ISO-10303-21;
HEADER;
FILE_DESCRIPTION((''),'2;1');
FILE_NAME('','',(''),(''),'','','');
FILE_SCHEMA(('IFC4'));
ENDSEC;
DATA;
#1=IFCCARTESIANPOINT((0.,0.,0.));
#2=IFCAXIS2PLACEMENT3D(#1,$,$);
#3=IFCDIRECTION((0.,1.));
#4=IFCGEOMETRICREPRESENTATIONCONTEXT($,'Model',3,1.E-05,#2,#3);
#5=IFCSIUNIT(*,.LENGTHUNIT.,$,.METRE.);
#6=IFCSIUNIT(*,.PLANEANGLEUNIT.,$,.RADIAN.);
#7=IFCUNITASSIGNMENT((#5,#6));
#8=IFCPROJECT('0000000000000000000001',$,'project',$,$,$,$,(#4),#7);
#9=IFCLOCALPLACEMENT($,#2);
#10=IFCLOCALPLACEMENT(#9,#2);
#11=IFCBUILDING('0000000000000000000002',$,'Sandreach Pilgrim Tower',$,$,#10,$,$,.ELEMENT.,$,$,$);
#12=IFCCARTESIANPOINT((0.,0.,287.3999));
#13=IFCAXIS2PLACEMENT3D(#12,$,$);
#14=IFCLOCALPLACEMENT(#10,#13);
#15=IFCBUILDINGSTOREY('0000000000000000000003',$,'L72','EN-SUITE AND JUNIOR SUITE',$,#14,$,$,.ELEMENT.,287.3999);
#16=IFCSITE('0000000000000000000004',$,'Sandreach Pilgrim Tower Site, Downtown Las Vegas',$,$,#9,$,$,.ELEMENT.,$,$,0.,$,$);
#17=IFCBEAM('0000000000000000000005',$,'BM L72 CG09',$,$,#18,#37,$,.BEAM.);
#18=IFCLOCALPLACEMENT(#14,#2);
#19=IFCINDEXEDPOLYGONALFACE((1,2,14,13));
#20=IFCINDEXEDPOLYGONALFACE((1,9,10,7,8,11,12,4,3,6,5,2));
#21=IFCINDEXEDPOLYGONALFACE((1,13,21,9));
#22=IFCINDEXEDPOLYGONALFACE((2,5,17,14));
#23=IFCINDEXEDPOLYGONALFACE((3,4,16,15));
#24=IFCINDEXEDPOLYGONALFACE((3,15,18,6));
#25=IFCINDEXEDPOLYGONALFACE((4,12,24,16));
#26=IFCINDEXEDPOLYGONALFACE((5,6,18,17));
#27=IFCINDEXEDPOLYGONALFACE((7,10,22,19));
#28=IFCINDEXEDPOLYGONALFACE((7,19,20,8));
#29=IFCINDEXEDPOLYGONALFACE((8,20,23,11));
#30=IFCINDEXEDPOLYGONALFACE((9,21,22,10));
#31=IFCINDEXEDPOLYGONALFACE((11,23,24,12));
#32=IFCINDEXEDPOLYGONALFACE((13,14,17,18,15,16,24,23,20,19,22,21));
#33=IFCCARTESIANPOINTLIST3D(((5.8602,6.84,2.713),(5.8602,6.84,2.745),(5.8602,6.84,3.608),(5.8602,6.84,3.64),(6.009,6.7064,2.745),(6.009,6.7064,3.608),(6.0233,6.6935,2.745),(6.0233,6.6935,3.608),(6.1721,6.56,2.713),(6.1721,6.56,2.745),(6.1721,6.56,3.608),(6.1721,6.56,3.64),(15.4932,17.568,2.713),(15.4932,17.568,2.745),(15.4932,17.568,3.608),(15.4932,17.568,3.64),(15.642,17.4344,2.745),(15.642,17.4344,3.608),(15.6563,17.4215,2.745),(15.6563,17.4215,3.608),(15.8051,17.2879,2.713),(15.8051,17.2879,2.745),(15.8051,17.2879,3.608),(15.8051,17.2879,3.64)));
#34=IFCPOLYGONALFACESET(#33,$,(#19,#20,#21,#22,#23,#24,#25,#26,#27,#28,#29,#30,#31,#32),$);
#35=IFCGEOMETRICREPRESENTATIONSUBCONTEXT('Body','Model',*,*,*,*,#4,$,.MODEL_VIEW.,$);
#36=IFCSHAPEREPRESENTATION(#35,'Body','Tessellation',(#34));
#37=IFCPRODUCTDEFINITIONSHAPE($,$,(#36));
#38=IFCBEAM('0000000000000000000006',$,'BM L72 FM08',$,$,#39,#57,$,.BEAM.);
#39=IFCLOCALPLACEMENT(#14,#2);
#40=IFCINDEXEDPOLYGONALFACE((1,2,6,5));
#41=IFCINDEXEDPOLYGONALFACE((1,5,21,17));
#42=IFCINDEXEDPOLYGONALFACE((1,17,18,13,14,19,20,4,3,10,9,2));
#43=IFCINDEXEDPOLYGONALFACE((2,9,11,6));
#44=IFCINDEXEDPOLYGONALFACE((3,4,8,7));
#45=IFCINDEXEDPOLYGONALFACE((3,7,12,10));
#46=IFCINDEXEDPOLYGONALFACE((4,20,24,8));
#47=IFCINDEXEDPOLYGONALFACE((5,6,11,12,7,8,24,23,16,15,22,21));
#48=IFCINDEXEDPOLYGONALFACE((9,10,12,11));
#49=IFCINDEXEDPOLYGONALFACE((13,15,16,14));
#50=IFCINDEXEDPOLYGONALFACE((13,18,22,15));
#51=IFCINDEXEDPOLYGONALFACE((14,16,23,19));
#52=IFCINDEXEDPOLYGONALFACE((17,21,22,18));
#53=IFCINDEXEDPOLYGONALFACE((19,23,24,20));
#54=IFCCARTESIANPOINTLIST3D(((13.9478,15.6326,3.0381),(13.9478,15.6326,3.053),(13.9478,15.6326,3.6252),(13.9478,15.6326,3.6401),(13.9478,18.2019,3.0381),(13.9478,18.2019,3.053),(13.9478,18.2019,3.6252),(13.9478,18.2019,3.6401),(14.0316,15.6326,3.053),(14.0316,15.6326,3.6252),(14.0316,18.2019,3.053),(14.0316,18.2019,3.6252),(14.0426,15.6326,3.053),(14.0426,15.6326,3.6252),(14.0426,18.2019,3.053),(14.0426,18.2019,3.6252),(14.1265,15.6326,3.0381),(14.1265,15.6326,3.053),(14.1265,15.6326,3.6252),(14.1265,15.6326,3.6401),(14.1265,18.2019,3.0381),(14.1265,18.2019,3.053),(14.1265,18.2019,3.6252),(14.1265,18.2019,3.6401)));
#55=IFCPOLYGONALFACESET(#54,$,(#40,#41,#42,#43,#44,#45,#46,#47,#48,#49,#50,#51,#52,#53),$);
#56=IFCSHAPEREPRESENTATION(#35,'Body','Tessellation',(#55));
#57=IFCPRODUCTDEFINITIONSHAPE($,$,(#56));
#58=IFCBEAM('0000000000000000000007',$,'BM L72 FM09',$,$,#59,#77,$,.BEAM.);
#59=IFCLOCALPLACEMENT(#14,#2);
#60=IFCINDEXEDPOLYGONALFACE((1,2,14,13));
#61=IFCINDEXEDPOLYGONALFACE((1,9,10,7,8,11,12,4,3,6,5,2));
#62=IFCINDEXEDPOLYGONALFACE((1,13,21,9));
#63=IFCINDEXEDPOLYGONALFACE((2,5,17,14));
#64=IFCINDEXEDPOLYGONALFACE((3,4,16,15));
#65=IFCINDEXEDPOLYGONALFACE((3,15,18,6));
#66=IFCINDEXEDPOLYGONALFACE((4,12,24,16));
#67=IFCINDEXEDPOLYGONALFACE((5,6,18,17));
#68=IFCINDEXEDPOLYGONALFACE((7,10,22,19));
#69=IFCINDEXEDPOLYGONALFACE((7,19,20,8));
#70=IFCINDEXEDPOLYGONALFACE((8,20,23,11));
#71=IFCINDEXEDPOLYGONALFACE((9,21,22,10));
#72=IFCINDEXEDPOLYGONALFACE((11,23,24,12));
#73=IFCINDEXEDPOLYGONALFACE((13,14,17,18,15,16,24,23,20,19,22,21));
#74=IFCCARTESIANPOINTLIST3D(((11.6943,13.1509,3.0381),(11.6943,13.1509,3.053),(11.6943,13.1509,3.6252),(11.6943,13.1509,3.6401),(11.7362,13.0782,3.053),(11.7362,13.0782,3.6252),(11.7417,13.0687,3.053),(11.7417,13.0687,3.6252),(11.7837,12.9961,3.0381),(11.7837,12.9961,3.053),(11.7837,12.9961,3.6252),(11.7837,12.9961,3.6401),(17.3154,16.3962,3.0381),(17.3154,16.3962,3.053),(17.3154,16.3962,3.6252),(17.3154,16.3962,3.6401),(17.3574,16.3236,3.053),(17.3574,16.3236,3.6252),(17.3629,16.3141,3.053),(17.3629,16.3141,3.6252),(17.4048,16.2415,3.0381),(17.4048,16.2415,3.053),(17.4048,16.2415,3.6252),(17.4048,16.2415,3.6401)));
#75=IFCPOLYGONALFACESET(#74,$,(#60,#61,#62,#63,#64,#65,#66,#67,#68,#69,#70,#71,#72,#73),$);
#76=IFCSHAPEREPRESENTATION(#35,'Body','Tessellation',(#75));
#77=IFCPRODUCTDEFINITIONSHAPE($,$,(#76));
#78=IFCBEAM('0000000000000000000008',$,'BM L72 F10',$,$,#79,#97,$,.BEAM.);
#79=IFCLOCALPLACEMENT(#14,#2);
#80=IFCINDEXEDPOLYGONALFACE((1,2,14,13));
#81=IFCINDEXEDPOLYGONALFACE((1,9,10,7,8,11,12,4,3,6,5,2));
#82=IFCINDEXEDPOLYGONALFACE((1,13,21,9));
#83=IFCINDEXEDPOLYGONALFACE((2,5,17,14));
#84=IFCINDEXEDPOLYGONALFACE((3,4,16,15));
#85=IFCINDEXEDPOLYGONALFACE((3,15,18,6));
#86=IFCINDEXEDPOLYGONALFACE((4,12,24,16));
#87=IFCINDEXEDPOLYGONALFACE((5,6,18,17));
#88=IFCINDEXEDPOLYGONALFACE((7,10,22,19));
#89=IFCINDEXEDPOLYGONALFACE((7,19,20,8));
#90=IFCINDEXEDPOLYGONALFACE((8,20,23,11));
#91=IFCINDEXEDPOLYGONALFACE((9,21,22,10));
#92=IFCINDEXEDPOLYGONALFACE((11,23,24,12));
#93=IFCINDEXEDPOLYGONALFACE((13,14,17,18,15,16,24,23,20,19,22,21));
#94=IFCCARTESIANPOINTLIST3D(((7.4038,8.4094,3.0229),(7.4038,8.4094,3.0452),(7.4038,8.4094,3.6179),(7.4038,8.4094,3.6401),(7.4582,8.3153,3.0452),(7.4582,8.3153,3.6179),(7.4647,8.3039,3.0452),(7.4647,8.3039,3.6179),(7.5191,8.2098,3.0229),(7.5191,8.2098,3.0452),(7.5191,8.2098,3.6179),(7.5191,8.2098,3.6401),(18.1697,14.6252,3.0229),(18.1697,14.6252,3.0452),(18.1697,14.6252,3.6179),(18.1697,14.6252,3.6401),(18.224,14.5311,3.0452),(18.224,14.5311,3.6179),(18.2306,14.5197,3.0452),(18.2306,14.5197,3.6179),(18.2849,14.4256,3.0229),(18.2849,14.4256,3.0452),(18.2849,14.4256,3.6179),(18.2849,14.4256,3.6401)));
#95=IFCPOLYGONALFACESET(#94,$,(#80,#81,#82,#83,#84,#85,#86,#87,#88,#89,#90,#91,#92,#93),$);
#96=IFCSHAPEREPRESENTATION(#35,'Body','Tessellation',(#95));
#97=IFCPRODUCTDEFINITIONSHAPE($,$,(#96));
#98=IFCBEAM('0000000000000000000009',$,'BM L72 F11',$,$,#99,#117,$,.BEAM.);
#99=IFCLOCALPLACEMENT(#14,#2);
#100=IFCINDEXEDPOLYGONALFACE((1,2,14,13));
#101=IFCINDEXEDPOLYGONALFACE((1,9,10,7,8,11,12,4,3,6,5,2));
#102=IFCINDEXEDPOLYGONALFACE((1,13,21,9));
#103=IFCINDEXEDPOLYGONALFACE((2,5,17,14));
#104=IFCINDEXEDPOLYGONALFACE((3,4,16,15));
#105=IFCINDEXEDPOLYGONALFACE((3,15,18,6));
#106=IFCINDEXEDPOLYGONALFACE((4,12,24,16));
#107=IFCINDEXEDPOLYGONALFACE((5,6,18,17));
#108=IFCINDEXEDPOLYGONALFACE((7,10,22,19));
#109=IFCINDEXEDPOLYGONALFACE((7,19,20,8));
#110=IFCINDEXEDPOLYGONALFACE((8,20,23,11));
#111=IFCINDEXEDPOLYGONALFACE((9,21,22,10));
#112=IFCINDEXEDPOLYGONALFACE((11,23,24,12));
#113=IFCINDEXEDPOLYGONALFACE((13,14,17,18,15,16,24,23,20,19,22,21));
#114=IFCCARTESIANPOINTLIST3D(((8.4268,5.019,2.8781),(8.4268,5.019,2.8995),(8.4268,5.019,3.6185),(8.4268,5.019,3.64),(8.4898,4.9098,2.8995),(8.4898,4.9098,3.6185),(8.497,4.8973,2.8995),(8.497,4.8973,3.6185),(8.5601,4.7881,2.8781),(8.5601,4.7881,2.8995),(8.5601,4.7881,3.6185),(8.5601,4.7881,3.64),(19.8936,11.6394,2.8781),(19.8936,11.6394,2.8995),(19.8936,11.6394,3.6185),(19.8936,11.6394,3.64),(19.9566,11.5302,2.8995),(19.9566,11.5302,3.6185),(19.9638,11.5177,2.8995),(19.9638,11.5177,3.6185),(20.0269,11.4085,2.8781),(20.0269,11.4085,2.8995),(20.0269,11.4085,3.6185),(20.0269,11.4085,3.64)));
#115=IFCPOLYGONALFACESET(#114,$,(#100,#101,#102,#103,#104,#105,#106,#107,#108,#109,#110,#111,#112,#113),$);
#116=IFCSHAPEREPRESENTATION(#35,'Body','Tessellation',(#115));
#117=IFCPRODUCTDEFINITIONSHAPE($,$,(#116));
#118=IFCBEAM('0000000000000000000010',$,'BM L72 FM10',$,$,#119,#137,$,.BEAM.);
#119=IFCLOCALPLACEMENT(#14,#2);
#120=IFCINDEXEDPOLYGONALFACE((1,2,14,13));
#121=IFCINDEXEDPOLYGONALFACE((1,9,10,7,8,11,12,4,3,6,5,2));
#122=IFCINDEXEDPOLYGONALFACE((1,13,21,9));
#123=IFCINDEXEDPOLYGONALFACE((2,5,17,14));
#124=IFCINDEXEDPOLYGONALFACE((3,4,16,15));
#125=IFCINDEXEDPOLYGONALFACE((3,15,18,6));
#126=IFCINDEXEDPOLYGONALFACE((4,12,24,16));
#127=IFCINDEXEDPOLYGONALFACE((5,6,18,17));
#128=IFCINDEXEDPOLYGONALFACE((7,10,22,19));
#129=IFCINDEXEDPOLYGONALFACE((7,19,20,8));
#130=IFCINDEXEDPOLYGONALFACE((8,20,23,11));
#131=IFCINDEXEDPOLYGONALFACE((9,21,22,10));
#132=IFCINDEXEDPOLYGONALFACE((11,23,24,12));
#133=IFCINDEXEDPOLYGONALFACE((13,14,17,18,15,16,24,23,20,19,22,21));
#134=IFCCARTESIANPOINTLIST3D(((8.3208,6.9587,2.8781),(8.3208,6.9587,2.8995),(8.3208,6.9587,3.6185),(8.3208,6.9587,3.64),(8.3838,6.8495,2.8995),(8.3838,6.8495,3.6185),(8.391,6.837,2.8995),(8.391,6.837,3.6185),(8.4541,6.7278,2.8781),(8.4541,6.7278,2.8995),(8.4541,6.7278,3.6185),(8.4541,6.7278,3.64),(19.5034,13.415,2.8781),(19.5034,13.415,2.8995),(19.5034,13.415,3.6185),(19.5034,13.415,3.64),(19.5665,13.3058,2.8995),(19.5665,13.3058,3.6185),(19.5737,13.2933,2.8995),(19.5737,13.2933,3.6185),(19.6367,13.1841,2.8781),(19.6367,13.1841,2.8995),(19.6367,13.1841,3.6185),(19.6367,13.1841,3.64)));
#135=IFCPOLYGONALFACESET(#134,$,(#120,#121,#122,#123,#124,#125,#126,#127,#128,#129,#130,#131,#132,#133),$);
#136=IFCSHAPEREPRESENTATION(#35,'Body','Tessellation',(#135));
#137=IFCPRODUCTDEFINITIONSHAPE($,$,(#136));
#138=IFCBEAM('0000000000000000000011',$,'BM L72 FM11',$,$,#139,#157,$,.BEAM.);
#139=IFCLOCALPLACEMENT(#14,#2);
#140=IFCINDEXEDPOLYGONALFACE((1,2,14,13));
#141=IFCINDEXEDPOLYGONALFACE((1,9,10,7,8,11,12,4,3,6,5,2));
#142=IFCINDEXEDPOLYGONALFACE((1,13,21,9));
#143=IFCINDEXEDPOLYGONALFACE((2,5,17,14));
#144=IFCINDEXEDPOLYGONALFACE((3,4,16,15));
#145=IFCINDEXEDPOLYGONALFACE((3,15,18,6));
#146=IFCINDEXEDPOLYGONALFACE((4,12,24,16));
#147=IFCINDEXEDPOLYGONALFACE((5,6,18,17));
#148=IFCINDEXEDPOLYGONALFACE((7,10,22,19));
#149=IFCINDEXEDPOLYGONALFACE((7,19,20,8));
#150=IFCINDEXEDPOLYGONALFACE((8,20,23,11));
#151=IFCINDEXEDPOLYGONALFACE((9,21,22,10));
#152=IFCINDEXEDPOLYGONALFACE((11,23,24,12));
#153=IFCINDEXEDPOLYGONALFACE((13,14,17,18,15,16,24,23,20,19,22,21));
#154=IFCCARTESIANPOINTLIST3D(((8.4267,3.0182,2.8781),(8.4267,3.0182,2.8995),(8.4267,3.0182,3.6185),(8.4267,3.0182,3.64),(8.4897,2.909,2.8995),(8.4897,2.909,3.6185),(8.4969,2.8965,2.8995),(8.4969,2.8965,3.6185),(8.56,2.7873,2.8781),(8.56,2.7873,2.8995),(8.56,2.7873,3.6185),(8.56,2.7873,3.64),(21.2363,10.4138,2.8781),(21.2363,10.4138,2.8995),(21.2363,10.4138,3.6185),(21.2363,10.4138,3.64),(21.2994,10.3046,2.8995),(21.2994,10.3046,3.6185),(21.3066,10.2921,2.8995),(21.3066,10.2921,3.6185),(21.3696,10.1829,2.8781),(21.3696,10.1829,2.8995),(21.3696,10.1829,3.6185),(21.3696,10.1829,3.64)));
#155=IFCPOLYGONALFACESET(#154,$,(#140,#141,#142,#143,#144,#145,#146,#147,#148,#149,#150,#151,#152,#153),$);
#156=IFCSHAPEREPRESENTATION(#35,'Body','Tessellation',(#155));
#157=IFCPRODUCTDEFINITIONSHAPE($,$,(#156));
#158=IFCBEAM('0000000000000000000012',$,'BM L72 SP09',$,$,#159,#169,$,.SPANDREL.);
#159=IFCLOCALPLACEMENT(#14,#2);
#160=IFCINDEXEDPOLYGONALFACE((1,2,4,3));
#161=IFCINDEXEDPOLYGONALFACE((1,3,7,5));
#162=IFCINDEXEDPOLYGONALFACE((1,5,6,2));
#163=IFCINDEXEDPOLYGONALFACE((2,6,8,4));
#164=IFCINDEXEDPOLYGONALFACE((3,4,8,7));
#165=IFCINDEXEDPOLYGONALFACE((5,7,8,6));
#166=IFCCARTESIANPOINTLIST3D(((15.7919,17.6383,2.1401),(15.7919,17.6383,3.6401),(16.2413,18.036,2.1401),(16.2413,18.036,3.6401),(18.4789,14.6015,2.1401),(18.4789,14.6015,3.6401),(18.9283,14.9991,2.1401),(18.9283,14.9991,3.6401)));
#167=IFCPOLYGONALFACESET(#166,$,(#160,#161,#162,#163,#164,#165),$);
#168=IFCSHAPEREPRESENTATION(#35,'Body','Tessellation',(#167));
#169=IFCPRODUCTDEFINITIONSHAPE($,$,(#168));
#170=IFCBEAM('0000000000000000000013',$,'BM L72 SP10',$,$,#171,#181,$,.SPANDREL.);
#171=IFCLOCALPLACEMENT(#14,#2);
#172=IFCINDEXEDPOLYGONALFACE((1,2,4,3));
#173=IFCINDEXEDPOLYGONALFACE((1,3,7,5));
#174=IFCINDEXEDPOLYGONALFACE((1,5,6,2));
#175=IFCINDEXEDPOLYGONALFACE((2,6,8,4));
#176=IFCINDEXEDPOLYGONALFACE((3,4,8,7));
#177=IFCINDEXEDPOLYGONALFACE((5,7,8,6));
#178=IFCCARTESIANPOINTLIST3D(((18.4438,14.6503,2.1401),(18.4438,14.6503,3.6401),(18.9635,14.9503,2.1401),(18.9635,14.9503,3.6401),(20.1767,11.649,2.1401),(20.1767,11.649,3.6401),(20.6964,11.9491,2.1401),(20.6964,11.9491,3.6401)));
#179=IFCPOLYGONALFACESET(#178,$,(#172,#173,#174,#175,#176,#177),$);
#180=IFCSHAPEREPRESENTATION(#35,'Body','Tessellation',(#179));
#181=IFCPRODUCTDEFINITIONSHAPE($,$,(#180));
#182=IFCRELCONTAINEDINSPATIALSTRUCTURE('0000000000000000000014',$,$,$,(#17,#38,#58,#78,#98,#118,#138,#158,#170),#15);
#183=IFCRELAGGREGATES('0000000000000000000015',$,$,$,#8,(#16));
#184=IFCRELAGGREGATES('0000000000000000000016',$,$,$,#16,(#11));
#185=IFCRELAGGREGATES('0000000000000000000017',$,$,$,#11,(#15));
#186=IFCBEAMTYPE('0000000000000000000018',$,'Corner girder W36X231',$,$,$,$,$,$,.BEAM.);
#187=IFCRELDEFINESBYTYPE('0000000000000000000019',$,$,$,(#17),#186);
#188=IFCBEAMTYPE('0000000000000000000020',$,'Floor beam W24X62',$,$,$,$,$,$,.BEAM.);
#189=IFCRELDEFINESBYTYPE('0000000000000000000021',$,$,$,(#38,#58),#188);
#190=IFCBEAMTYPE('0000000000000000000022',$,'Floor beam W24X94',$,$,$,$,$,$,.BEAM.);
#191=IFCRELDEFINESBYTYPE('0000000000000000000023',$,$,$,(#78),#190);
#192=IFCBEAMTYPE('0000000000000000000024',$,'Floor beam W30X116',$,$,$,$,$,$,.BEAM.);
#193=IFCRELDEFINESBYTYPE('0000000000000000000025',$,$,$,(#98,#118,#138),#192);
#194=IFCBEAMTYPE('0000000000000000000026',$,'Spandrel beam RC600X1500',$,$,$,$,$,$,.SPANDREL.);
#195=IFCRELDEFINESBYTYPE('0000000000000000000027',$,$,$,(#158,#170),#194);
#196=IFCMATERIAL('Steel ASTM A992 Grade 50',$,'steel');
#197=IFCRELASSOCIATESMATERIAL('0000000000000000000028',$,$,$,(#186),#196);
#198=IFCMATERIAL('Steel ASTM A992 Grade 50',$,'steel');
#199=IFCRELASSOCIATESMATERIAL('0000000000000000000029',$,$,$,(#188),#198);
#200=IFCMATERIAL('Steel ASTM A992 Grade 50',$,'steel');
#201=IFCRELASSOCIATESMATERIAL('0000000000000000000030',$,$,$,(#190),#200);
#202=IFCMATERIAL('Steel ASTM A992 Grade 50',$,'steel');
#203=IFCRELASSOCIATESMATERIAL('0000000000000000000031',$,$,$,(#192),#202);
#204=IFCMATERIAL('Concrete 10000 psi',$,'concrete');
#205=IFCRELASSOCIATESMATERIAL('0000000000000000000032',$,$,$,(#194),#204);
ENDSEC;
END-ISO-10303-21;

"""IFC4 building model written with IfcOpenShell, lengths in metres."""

from ifc_helpers import new_model, si_unit, direction, frame, origin, origin_2d, place, context, subcontext, project, spatial, rectangle, i_section, extrude, material, material_profile, profile_set, type_object, element, save


model = new_model("IFC4")

# Units and contexts
model_context = context("Model", 3, precision=1e-05, world=origin(), true_north=direction((0.0, 1.0)))
body_context = subcontext(model_context, "Body", "Model", "MODEL_VIEW")
ifc_project = project(units=[si_unit("LENGTHUNIT", "METRE"), si_unit("PLANEANGLEUNIT", "RADIAN")], contexts=[model_context])

# Site, building, storey
site_placement = place(None, origin())
site = spatial("IfcSite", under=ifc_project, at=site_placement, Name="Sandreach Pilgrim Tower Site, Downtown Las Vegas", CompositionType="ELEMENT", RefElevation=0.0)
building_placement = place(site_placement, origin())
building = spatial("IfcBuilding", under=site, at=building_placement, Name="Sandreach Pilgrim Tower", CompositionType="ELEMENT")
storey_placement = place(building_placement, frame((0.0, 0.0, 287.3999)))
storey = spatial("IfcBuildingStorey", under=building, at=storey_placement, Name="L72", Description="EN-SUITE AND JUNIOR SUITE", CompositionType="ELEMENT", Elevation=287.3999)

# Beams
ifc_material_1 = material(Name="Steel ASTM A992 Grade 50", Category="steel")
ifc_material_profile_1 = material_profile(ifc_material_1, i_section(OverallWidth=0.4192, OverallDepth=0.927, WebThickness=0.0193, FlangeThickness=0.032, at=origin_2d()), Name="W36X231")
ifc_profile_set_1 = profile_set([ifc_material_profile_1], Name="Steel ASTM A992 Grade 50")
beam_type_1 = type_object("IfcBeamType", Name="Corner girder W36X231", PredefinedType="BEAM", material=ifc_profile_set_1)
beam_1_placement = place(storey_placement, frame((15.6492, 17.428, 3.1765), z_axis=(-0.668115, -0.744058, 0.0), x_axis=(0.744058, -0.668115, 0.0)))
element("IfcBeam", 1, at=beam_1_placement, inside=storey, type_object=beam_type_1, Name="BM L72 CG09", PredefinedType="BEAM", context=body_context, shape_type="SweptSolid", body=[
    extrude(i_section(OverallWidth=0.4192, OverallDepth=0.927, WebThickness=0.0193, FlangeThickness=0.032, at=origin_2d()), origin(), (0.0, 0.0, 1.0), 14.4182),
])
ifc_material_2 = material(Name="Steel ASTM A992 Grade 50", Category="steel")
ifc_material_profile_2 = material_profile(ifc_material_2, i_section(OverallWidth=0.1787, OverallDepth=0.6021, WebThickness=0.011, FlangeThickness=0.0149, at=origin_2d()), Name="W24X62")
ifc_profile_set_2 = profile_set([ifc_material_profile_2], Name="Steel ASTM A992 Grade 50")
beam_type_2 = type_object("IfcBeamType", Name="Floor beam W24X62", PredefinedType="BEAM", material=ifc_profile_set_2)
beam_2_placement = place(storey_placement, frame((14.0371, 18.2019, 3.3391), z_axis=(0.0, -1.0, 0.0), x_axis=(1.0, 0.0, 0.0)))
element("IfcBeam", 2, at=beam_2_placement, inside=storey, type_object=beam_type_2, Name="BM L72 FM08", PredefinedType="BEAM", context=body_context, shape_type="SweptSolid", body=[
    extrude(i_section(OverallWidth=0.1787, OverallDepth=0.6021, WebThickness=0.011, FlangeThickness=0.0149, at=origin_2d()), origin(), (0.0, 0.0, 1.0), 2.5693),
])
beam_3_placement = place(storey_placement, frame((17.3601, 16.3188, 3.3391), z_axis=(-0.866024, -0.500002, 0.0), x_axis=(0.500002, -0.866024, 0.0)))
element("IfcBeam", 3, at=beam_3_placement, inside=storey, type_object=beam_type_2, Name="BM L72 FM09", PredefinedType="BEAM", context=body_context, shape_type="SweptSolid", body=[
    extrude(i_section(OverallWidth=0.1787, OverallDepth=0.6021, WebThickness=0.011, FlangeThickness=0.0149, at=origin_2d()), origin(), (0.0, 0.0, 1.0), 6.4907),
])
ifc_material_3 = material(Name="Steel ASTM A992 Grade 50", Category="steel")
ifc_material_profile_3 = material_profile(ifc_material_3, i_section(OverallWidth=0.2305, OverallDepth=0.6172, WebThickness=0.0132, FlangeThickness=0.0222, at=origin_2d()), Name="W24X94")
ifc_profile_set_3 = profile_set([ifc_material_profile_3], Name="Steel ASTM A992 Grade 50")
beam_type_3 = type_object("IfcBeamType", Name="Floor beam W24X94", PredefinedType="BEAM", material=ifc_profile_set_3)
beam_4_placement = place(storey_placement, frame((18.2273, 14.5254, 3.3315), z_axis=(-0.86602, -0.500009, 0.0), x_axis=(0.500009, -0.86602, 0.0)))
element("IfcBeam", 4, at=beam_4_placement, inside=storey, type_object=beam_type_3, Name="BM L72 F10", PredefinedType="BEAM", context=body_context, shape_type="SweptSolid", body=[
    extrude(i_section(OverallWidth=0.2305, OverallDepth=0.6172, WebThickness=0.0132, FlangeThickness=0.0222, at=origin_2d()), origin(), (0.0, 0.0, 1.0), 12.4314),
])
ifc_material_4 = material(Name="Steel ASTM A992 Grade 50", Category="steel")
ifc_material_profile_4 = material_profile(ifc_material_4, i_section(OverallWidth=0.2666, OverallDepth=0.762, WebThickness=0.0144, FlangeThickness=0.0215, at=origin_2d()), Name="W30X116")
ifc_profile_set_4 = profile_set([ifc_material_profile_4], Name="Steel ASTM A992 Grade 50")
beam_type_4 = type_object("IfcBeamType", Name="Floor beam W30X116", PredefinedType="BEAM", material=ifc_profile_set_4)
beam_5_placement = place(storey_placement, frame((19.9602, 11.5239, 3.259), z_axis=(-0.866025, -0.5, 0.0), x_axis=(0.5, -0.866025, 0.0)))
element("IfcBeam", 5, at=beam_5_placement, inside=storey, type_object=beam_type_4, Name="BM L72 F11", PredefinedType="BEAM", context=body_context, shape_type="SweptSolid", body=[
    extrude(i_section(OverallWidth=0.2666, OverallDepth=0.762, WebThickness=0.0144, FlangeThickness=0.0215, at=origin_2d()), origin(), (0.0, 0.0, 1.0), 13.2407),
])
beam_6_placement = place(storey_placement, frame((19.5701, 13.2996, 3.259), z_axis=(-0.866025, -0.500001, 0.0), x_axis=(0.500001, -0.866025, 0.0)))
element("IfcBeam", 6, at=beam_6_placement, inside=storey, type_object=beam_type_4, Name="BM L72 FM10", PredefinedType="BEAM", context=body_context, shape_type="SweptSolid", body=[
    extrude(i_section(OverallWidth=0.2666, OverallDepth=0.762, WebThickness=0.0144, FlangeThickness=0.0215, at=origin_2d()), origin(), (0.0, 0.0, 1.0), 12.9126),
])
beam_7_placement = place(storey_placement, frame((21.303, 10.2983, 3.259), z_axis=(-0.866028, -0.499995, 0.0), x_axis=(0.499995, -0.866028, 0.0)))
element("IfcBeam", 7, at=beam_7_placement, inside=storey, type_object=beam_type_4, Name="BM L72 FM11", PredefinedType="BEAM", context=body_context, shape_type="SweptSolid", body=[
    extrude(i_section(OverallWidth=0.2666, OverallDepth=0.762, WebThickness=0.0144, FlangeThickness=0.0215, at=origin_2d()), origin(), (0.0, 0.0, 1.0), 14.7913),
])
ifc_material_5 = material(Name="Concrete 10000 psi", Category="concrete")
ifc_material_profile_5 = material_profile(ifc_material_5, rectangle(XDim=0.6001, YDim=1.5, at=origin_2d()), Name="RC600X1500")
ifc_profile_set_5 = profile_set([ifc_material_profile_5], Name="Concrete 10000 psi")
beam_type_5 = type_object("IfcBeamType", Name="Spandrel beam RC600X1500", PredefinedType="SPANDREL", material=ifc_profile_set_5)
beam_8_placement = place(storey_placement, frame((16.0166, 17.8372, 2.8901), z_axis=(0.662651, -0.748929, 0.0), x_axis=(0.748929, 0.662651, 0.0)))
element("IfcBeam", 8, at=beam_8_placement, inside=storey, type_object=beam_type_5, Name="BM L72 SP09", PredefinedType="SPANDREL", context=body_context, shape_type="SweptSolid", body=[
    extrude(rectangle(XDim=0.6001, YDim=1.5, at=origin_2d()), origin(), (0.0, 0.0, 1.0), 4.0549),
])
for number, where, z_axis, x_axis, name in (
    (9, (18.7036, 14.8003, 2.8901), (0.500033, -0.866006, 0.0), (0.866006, 0.500033, 0.0), "BM L72 SP10"),
):
    element("IfcBeam", number, at=place(storey_placement, frame(where, z_axis=z_axis, x_axis=x_axis)), inside=storey, type_object=beam_type_5, Name=name, PredefinedType="SPANDREL", context=body_context, shape_type="SweptSolid", body=[
        extrude(rectangle(XDim=0.6001, YDim=1.5, at=origin_2d()), origin(), (0.0, 0.0, 1.0), 3.4656),
    ])

save(model, "model.ifc")
